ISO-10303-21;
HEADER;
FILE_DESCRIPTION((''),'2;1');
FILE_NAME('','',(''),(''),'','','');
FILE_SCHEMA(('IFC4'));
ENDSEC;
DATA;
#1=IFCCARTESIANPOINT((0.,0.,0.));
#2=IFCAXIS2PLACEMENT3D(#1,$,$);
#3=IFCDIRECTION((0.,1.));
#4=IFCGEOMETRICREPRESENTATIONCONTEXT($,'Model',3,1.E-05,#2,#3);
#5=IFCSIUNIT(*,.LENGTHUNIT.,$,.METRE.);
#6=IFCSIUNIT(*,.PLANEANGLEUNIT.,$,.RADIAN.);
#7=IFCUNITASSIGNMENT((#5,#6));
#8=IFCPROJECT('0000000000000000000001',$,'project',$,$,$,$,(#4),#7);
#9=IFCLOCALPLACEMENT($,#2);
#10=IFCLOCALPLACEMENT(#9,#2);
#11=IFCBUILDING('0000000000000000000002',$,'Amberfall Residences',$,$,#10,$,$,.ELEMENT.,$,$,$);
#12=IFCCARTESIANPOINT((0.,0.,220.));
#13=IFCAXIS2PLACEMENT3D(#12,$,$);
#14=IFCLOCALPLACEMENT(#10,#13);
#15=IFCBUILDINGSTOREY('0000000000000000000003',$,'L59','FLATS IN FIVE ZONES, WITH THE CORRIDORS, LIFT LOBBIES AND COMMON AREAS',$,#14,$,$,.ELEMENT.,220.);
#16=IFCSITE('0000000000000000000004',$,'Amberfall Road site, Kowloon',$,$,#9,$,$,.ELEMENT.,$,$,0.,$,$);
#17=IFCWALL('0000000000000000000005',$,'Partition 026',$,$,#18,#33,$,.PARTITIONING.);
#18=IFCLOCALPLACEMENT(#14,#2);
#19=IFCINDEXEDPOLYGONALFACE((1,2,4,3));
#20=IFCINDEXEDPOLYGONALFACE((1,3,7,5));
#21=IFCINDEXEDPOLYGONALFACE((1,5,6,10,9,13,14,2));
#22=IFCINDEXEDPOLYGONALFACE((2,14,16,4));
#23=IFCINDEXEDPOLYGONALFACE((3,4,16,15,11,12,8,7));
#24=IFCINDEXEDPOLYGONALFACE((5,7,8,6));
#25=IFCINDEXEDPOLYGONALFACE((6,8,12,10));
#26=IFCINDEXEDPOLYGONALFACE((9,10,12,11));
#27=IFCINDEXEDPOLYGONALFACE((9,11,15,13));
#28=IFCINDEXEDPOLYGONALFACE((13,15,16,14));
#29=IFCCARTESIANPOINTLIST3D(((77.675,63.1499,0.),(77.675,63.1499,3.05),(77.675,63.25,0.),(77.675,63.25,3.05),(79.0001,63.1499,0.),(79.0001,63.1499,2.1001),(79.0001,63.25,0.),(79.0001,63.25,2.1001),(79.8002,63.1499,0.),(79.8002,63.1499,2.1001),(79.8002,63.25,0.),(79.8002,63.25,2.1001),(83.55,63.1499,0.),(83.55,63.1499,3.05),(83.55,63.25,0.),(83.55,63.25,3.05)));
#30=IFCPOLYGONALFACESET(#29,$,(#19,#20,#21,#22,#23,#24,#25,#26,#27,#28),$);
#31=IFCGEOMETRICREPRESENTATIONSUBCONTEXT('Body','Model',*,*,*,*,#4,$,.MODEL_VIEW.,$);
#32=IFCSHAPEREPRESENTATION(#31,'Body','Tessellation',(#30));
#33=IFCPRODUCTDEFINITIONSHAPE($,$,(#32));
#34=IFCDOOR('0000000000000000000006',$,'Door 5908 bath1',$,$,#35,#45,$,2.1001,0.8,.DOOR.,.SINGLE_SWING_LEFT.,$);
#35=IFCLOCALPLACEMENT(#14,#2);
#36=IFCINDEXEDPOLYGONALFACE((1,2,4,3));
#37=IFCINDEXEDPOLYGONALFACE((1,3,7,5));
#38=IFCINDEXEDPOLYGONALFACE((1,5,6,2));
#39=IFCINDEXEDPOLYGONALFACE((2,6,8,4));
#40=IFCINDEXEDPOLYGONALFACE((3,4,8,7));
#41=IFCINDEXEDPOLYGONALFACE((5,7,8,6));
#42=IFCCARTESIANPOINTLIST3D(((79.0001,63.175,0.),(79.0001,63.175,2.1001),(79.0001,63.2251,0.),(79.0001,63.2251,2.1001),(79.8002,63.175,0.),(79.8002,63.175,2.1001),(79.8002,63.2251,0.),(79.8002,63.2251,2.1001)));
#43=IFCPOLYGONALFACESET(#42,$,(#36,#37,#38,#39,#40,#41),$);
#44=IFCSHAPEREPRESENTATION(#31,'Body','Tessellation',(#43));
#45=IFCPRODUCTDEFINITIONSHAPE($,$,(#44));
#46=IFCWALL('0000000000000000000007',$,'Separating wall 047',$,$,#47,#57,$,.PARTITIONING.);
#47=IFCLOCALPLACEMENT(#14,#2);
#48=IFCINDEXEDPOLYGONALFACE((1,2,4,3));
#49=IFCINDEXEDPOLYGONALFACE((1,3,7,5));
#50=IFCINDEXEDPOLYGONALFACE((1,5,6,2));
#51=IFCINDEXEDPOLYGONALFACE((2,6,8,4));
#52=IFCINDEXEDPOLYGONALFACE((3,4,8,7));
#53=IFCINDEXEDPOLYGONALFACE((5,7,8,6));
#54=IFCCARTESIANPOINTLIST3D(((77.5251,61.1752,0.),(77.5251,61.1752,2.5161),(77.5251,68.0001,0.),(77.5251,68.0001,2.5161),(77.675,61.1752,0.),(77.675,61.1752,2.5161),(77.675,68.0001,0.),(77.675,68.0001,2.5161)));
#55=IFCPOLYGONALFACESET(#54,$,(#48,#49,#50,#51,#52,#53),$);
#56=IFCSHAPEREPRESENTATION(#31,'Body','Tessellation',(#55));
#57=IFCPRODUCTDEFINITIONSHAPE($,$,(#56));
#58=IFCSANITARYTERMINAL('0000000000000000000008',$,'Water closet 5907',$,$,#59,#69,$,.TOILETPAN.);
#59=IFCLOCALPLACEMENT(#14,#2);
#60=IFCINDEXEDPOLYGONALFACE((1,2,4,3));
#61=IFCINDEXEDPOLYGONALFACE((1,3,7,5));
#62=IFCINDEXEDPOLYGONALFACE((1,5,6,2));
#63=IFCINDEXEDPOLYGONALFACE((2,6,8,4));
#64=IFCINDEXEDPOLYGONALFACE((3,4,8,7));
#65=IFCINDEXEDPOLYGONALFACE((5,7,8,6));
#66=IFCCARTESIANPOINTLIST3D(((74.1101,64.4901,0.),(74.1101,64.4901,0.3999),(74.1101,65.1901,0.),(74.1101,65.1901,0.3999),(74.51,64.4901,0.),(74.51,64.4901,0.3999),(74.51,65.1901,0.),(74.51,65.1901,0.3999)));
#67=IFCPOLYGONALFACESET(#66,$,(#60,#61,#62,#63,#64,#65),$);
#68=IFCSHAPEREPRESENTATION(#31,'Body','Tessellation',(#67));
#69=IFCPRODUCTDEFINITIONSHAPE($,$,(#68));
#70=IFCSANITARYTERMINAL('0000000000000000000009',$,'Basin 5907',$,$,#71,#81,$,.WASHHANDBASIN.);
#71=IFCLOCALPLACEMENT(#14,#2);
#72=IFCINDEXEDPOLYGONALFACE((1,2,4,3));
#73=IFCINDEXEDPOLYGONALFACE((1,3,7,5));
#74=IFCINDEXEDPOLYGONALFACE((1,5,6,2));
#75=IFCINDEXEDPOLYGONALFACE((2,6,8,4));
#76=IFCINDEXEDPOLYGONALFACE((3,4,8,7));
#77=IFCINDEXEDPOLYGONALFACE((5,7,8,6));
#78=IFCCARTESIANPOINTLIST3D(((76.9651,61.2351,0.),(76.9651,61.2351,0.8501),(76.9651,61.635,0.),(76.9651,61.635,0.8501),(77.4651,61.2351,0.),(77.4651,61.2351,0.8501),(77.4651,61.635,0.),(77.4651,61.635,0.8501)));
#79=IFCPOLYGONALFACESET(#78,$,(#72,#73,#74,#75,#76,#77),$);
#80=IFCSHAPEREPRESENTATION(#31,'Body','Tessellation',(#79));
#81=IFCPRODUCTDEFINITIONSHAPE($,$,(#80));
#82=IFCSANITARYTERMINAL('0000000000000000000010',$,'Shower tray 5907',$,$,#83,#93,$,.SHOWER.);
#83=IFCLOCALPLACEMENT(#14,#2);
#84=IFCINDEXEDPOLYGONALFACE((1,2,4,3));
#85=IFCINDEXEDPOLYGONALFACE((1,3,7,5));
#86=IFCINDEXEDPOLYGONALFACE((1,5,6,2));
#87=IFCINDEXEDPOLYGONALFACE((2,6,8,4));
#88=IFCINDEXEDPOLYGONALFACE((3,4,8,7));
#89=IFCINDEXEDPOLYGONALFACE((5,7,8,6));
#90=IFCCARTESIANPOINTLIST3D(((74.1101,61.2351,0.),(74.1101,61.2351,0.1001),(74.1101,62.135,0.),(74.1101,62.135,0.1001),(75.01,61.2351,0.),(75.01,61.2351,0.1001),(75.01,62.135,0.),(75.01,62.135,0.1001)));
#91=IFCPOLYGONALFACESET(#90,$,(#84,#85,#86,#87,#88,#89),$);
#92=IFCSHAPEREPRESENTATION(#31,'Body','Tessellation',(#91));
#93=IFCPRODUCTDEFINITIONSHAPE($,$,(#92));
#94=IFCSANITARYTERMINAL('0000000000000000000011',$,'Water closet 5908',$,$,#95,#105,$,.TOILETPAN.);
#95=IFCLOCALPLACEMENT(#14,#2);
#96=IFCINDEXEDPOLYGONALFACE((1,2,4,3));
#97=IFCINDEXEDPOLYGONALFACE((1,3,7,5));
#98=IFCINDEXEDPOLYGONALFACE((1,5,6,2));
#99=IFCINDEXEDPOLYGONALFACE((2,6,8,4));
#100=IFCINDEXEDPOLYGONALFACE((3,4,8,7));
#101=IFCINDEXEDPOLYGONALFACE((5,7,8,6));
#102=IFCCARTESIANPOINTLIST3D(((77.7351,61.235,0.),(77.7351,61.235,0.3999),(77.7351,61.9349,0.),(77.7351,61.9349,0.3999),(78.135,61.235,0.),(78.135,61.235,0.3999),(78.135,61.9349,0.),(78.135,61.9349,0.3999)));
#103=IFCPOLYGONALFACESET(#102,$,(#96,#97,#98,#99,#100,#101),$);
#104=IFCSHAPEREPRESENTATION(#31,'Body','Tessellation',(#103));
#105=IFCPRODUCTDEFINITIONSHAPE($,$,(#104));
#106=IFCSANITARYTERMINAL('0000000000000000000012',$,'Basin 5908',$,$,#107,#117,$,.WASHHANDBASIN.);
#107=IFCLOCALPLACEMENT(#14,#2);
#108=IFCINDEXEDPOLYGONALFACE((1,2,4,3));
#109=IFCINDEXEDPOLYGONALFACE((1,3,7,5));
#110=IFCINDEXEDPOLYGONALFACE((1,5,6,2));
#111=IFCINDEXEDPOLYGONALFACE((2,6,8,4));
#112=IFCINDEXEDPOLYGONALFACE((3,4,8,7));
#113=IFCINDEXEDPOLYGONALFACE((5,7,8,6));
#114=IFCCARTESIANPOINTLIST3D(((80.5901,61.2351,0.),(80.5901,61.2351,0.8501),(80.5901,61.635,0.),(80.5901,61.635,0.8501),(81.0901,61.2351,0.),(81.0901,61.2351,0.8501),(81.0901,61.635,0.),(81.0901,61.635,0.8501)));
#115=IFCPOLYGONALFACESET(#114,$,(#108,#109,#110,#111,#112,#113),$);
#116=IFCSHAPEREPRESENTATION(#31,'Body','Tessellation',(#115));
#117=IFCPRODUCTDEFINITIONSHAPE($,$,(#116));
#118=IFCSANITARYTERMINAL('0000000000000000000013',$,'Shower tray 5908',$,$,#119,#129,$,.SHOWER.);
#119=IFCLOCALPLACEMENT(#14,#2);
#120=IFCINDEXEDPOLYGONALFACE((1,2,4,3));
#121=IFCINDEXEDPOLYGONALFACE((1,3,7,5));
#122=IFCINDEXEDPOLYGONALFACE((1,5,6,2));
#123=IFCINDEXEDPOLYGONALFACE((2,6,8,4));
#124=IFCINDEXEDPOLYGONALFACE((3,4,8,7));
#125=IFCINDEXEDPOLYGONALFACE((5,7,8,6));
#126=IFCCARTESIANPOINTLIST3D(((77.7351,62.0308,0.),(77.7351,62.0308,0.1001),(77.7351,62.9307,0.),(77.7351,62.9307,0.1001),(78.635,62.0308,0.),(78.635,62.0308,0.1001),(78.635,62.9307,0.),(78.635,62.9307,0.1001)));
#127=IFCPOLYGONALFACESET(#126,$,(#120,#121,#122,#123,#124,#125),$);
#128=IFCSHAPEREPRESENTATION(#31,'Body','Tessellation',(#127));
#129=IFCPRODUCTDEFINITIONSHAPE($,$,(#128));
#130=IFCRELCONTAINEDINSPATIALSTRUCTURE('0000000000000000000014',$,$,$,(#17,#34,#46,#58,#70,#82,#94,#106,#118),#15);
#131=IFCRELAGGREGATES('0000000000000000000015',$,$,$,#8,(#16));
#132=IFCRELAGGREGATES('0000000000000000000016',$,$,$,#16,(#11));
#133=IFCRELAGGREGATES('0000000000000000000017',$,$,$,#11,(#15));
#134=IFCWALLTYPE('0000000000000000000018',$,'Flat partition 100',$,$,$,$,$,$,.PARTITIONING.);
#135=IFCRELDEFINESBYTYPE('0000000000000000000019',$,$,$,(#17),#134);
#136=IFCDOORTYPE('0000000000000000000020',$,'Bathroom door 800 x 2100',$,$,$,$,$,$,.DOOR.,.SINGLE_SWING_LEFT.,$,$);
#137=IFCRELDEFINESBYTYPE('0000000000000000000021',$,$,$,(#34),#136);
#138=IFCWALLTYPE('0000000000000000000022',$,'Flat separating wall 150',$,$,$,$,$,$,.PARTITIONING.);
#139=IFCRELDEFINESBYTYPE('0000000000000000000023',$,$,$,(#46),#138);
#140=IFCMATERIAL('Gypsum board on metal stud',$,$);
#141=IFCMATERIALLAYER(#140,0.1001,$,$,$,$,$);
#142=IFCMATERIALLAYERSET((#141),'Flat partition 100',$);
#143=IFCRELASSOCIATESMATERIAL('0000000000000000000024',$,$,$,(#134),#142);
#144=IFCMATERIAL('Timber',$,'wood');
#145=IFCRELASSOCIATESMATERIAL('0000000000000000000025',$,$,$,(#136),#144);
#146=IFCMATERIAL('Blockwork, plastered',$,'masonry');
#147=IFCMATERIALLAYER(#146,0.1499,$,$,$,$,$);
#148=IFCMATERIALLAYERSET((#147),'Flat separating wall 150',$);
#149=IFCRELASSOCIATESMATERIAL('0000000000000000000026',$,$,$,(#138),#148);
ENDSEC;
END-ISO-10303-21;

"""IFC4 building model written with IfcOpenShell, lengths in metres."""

from ifc_helpers import new_model, si_unit, direction, frame, frame_2d, origin, origin_2d, place, context, subcontext, project, spatial, rectangle, extrude, material, layer, layer_set, type_object, element, fill, save


model = new_model("IFC4")

# Units and contexts
model_context = context("Model", 3, precision=1e-05, world=origin(), true_north=direction((0.0, 1.0)))
body_context = subcontext(model_context, "Body", "Model", "MODEL_VIEW")
ifc_project = project(units=[si_unit("LENGTHUNIT", "METRE"), si_unit("PLANEANGLEUNIT", "RADIAN")], contexts=[model_context])

# Site, building, storey
site_placement = place(None, origin())
site = spatial("IfcSite", under=ifc_project, at=site_placement, Name="Amberfall Road site, Kowloon", CompositionType="ELEMENT", RefElevation=0.0)
building_placement = place(site_placement, origin())
building = spatial("IfcBuilding", under=site, at=building_placement, Name="Amberfall Residences", CompositionType="ELEMENT")
storey_placement = place(building_placement, frame((0.0, 0.0, 220.0)))
storey = spatial("IfcBuildingStorey", under=building, at=storey_placement, Name="L59", Description="FLATS IN FIVE ZONES, WITH THE CORRIDORS, LIFT LOBBIES AND COMMON AREAS", CompositionType="ELEMENT", Elevation=220.0)

# Shared definitions
ifc_material_1 = material(Name="Gypsum board on metal stud")
ifc_layer_1 = layer(ifc_material_1, 0.1001)
ifc_layer_set_1 = layer_set([ifc_layer_1], Name="Flat partition 100")
wall_type_1 = type_object("IfcWallType", Name="Flat partition 100", PredefinedType="PARTITIONING", material=ifc_layer_set_1)

# Shared definitions
ifc_material_2 = material(Name="Timber", Category="wood")

# Wall, opening, door
wall_1_placement = place(storey_placement, frame((83.55, 63.2, 0.0), z_axis=(0.0, 0.0, 1.0), x_axis=(-1.0, 0.0, 0.0)))
wall_1 = element("IfcWall", 1, at=wall_1_placement, inside=storey, type_object=wall_type_1, Name="Partition 026", PredefinedType="PARTITIONING", context=body_context, shape_type="SweptSolid", body=[
    extrude(rectangle(XDim=5.875, YDim=0.1001, at=frame_2d((2.9375, 0.0))), origin(), (0.0, 0.0, 1.0), 3.05),
])
opening_1_placement = place(wall_1_placement, frame((3.75, 0.0, 0.0)))
opening_1 = element("IfcOpeningElement", 2, at=opening_1_placement, cuts=wall_1, PredefinedType="OPENING", context=body_context, shape_type="SweptSolid", body=[
    extrude(rectangle(XDim=0.8, YDim=2.1001, at=frame_2d((0.3999, 1.05))), frame((0.0, 0.0601, 0.0), z_axis=(0.0, -1.0, 0.0), x_axis=(1.0, 0.0, 0.0)), (0.0, 0.0, 1.0), 0.1201),
])
door_type_1 = type_object("IfcDoorType", Name="Bathroom door 800 x 2100", OperationType="SINGLE_SWING_LEFT", PredefinedType="DOOR", material=ifc_material_2)
door_1_placement = place(opening_1_placement, origin())
door_1 = element("IfcDoor", 3, at=door_1_placement, inside=storey, type_object=door_type_1, Name="Door 5908 bath1", OperationType="SINGLE_SWING_LEFT", OverallHeight=2.1001, OverallWidth=0.8, PredefinedType="DOOR", context=body_context, shape_type="SweptSolid", body=[
    extrude(rectangle(XDim=0.8, YDim=2.1001, at=frame_2d((0.3999, 1.05))), frame((0.0, 0.0249, 0.0), z_axis=(0.0, -1.0, 0.0), x_axis=(1.0, 0.0, 0.0)), (0.0, 0.0, 1.0), 0.05),
])
fill(opening_1, door_1)

# Wall
ifc_material_3 = material(Name="Blockwork, plastered", Category="masonry")
ifc_layer_2 = layer(ifc_material_3, 0.1499)
ifc_layer_set_2 = layer_set([ifc_layer_2], Name="Flat separating wall 150")
wall_type_2 = type_object("IfcWallType", Name="Flat separating wall 150", PredefinedType="PARTITIONING", material=ifc_layer_set_2)
wall_2_placement = place(storey_placement, frame((77.6001, 61.175, 0.0), z_axis=(0.0, 0.0, 1.0), x_axis=(0.0, 1.0, 0.0)))
element("IfcWall", 4, at=wall_2_placement, inside=storey, type_object=wall_type_2, Name="Separating wall 047", PredefinedType="PARTITIONING", context=body_context, shape_type="SweptSolid", body=[
    extrude(rectangle(XDim=6.825, YDim=0.1499, at=frame_2d((3.4126, 0.0))), origin(), (0.0, 0.0, 1.0), 2.5161),
])

# Sanitary terminals
sanitary_terminal_1_placement = place(storey_placement, frame((74.3101, 64.8401, 0.0), z_axis=(0.0, 0.0, 1.0), x_axis=(1.0, 0.0, 0.0)))
element("IfcSanitaryTerminal", 5, at=sanitary_terminal_1_placement, inside=storey, Name="Water closet 5907", PredefinedType="TOILETPAN", context=body_context, shape_type="SweptSolid", body=[
    extrude(rectangle(XDim=0.3999, YDim=0.7, at=origin_2d()), origin(), (0.0, 0.0, 1.0), 0.3999),
])
sanitary_terminal_2_placement = place(storey_placement, frame((77.2151, 61.4351, 0.0), z_axis=(0.0, 0.0, 1.0), x_axis=(1.0, 0.0, 0.0)))
element("IfcSanitaryTerminal", 6, at=sanitary_terminal_2_placement, inside=storey, Name="Basin 5907", PredefinedType="WASHHANDBASIN", context=body_context, shape_type="SweptSolid", body=[
    extrude(rectangle(XDim=0.5, YDim=0.3999, at=origin_2d()), origin(), (0.0, 0.0, 1.0), 0.8501),
])
sanitary_terminal_3_placement = place(storey_placement, frame((74.5601, 61.6851, 0.0), z_axis=(0.0, 0.0, 1.0), x_axis=(1.0, 0.0, 0.0)))
element("IfcSanitaryTerminal", 7, at=sanitary_terminal_3_placement, inside=storey, Name="Shower tray 5907", PredefinedType="SHOWER", context=body_context, shape_type="SweptSolid", body=[
    extrude(rectangle(XDim=0.8999, YDim=0.8999, at=origin_2d()), origin(), (0.0, 0.0, 1.0), 0.1001),
])
sanitary_terminal_4_placement = place(storey_placement, frame((77.9351, 61.585, 0.0), z_axis=(0.0, 0.0, 1.0), x_axis=(1.0, 0.0, 0.0)))
element("IfcSanitaryTerminal", 8, at=sanitary_terminal_4_placement, inside=storey, Name="Water closet 5908", PredefinedType="TOILETPAN", context=body_context, shape_type="SweptSolid", body=[
    extrude(rectangle(XDim=0.3999, YDim=0.7, at=origin_2d()), origin(), (0.0, 0.0, 1.0), 0.3999),
])
sanitary_terminal_5_placement = place(storey_placement, frame((80.8401, 61.4351, 0.0), z_axis=(0.0, 0.0, 1.0), x_axis=(1.0, 0.0, 0.0)))
element("IfcSanitaryTerminal", 9, at=sanitary_terminal_5_placement, inside=storey, Name="Basin 5908", PredefinedType="WASHHANDBASIN", context=body_context, shape_type="SweptSolid", body=[
    extrude(rectangle(XDim=0.5, YDim=0.3999, at=origin_2d()), origin(), (0.0, 0.0, 1.0), 0.8501),
])
sanitary_terminal_6_placement = place(storey_placement, frame((78.1851, 62.4807, 0.0), z_axis=(0.0, 0.0, 1.0), x_axis=(1.0, 0.0, 0.0)))
element("IfcSanitaryTerminal", 10, at=sanitary_terminal_6_placement, inside=storey, Name="Shower tray 5908", PredefinedType="SHOWER", context=body_context, shape_type="SweptSolid", body=[
    extrude(rectangle(XDim=0.8999, YDim=0.8999, at=origin_2d()), origin(), (0.0, 0.0, 1.0), 0.1001),
])

save(model, "model.ifc")
